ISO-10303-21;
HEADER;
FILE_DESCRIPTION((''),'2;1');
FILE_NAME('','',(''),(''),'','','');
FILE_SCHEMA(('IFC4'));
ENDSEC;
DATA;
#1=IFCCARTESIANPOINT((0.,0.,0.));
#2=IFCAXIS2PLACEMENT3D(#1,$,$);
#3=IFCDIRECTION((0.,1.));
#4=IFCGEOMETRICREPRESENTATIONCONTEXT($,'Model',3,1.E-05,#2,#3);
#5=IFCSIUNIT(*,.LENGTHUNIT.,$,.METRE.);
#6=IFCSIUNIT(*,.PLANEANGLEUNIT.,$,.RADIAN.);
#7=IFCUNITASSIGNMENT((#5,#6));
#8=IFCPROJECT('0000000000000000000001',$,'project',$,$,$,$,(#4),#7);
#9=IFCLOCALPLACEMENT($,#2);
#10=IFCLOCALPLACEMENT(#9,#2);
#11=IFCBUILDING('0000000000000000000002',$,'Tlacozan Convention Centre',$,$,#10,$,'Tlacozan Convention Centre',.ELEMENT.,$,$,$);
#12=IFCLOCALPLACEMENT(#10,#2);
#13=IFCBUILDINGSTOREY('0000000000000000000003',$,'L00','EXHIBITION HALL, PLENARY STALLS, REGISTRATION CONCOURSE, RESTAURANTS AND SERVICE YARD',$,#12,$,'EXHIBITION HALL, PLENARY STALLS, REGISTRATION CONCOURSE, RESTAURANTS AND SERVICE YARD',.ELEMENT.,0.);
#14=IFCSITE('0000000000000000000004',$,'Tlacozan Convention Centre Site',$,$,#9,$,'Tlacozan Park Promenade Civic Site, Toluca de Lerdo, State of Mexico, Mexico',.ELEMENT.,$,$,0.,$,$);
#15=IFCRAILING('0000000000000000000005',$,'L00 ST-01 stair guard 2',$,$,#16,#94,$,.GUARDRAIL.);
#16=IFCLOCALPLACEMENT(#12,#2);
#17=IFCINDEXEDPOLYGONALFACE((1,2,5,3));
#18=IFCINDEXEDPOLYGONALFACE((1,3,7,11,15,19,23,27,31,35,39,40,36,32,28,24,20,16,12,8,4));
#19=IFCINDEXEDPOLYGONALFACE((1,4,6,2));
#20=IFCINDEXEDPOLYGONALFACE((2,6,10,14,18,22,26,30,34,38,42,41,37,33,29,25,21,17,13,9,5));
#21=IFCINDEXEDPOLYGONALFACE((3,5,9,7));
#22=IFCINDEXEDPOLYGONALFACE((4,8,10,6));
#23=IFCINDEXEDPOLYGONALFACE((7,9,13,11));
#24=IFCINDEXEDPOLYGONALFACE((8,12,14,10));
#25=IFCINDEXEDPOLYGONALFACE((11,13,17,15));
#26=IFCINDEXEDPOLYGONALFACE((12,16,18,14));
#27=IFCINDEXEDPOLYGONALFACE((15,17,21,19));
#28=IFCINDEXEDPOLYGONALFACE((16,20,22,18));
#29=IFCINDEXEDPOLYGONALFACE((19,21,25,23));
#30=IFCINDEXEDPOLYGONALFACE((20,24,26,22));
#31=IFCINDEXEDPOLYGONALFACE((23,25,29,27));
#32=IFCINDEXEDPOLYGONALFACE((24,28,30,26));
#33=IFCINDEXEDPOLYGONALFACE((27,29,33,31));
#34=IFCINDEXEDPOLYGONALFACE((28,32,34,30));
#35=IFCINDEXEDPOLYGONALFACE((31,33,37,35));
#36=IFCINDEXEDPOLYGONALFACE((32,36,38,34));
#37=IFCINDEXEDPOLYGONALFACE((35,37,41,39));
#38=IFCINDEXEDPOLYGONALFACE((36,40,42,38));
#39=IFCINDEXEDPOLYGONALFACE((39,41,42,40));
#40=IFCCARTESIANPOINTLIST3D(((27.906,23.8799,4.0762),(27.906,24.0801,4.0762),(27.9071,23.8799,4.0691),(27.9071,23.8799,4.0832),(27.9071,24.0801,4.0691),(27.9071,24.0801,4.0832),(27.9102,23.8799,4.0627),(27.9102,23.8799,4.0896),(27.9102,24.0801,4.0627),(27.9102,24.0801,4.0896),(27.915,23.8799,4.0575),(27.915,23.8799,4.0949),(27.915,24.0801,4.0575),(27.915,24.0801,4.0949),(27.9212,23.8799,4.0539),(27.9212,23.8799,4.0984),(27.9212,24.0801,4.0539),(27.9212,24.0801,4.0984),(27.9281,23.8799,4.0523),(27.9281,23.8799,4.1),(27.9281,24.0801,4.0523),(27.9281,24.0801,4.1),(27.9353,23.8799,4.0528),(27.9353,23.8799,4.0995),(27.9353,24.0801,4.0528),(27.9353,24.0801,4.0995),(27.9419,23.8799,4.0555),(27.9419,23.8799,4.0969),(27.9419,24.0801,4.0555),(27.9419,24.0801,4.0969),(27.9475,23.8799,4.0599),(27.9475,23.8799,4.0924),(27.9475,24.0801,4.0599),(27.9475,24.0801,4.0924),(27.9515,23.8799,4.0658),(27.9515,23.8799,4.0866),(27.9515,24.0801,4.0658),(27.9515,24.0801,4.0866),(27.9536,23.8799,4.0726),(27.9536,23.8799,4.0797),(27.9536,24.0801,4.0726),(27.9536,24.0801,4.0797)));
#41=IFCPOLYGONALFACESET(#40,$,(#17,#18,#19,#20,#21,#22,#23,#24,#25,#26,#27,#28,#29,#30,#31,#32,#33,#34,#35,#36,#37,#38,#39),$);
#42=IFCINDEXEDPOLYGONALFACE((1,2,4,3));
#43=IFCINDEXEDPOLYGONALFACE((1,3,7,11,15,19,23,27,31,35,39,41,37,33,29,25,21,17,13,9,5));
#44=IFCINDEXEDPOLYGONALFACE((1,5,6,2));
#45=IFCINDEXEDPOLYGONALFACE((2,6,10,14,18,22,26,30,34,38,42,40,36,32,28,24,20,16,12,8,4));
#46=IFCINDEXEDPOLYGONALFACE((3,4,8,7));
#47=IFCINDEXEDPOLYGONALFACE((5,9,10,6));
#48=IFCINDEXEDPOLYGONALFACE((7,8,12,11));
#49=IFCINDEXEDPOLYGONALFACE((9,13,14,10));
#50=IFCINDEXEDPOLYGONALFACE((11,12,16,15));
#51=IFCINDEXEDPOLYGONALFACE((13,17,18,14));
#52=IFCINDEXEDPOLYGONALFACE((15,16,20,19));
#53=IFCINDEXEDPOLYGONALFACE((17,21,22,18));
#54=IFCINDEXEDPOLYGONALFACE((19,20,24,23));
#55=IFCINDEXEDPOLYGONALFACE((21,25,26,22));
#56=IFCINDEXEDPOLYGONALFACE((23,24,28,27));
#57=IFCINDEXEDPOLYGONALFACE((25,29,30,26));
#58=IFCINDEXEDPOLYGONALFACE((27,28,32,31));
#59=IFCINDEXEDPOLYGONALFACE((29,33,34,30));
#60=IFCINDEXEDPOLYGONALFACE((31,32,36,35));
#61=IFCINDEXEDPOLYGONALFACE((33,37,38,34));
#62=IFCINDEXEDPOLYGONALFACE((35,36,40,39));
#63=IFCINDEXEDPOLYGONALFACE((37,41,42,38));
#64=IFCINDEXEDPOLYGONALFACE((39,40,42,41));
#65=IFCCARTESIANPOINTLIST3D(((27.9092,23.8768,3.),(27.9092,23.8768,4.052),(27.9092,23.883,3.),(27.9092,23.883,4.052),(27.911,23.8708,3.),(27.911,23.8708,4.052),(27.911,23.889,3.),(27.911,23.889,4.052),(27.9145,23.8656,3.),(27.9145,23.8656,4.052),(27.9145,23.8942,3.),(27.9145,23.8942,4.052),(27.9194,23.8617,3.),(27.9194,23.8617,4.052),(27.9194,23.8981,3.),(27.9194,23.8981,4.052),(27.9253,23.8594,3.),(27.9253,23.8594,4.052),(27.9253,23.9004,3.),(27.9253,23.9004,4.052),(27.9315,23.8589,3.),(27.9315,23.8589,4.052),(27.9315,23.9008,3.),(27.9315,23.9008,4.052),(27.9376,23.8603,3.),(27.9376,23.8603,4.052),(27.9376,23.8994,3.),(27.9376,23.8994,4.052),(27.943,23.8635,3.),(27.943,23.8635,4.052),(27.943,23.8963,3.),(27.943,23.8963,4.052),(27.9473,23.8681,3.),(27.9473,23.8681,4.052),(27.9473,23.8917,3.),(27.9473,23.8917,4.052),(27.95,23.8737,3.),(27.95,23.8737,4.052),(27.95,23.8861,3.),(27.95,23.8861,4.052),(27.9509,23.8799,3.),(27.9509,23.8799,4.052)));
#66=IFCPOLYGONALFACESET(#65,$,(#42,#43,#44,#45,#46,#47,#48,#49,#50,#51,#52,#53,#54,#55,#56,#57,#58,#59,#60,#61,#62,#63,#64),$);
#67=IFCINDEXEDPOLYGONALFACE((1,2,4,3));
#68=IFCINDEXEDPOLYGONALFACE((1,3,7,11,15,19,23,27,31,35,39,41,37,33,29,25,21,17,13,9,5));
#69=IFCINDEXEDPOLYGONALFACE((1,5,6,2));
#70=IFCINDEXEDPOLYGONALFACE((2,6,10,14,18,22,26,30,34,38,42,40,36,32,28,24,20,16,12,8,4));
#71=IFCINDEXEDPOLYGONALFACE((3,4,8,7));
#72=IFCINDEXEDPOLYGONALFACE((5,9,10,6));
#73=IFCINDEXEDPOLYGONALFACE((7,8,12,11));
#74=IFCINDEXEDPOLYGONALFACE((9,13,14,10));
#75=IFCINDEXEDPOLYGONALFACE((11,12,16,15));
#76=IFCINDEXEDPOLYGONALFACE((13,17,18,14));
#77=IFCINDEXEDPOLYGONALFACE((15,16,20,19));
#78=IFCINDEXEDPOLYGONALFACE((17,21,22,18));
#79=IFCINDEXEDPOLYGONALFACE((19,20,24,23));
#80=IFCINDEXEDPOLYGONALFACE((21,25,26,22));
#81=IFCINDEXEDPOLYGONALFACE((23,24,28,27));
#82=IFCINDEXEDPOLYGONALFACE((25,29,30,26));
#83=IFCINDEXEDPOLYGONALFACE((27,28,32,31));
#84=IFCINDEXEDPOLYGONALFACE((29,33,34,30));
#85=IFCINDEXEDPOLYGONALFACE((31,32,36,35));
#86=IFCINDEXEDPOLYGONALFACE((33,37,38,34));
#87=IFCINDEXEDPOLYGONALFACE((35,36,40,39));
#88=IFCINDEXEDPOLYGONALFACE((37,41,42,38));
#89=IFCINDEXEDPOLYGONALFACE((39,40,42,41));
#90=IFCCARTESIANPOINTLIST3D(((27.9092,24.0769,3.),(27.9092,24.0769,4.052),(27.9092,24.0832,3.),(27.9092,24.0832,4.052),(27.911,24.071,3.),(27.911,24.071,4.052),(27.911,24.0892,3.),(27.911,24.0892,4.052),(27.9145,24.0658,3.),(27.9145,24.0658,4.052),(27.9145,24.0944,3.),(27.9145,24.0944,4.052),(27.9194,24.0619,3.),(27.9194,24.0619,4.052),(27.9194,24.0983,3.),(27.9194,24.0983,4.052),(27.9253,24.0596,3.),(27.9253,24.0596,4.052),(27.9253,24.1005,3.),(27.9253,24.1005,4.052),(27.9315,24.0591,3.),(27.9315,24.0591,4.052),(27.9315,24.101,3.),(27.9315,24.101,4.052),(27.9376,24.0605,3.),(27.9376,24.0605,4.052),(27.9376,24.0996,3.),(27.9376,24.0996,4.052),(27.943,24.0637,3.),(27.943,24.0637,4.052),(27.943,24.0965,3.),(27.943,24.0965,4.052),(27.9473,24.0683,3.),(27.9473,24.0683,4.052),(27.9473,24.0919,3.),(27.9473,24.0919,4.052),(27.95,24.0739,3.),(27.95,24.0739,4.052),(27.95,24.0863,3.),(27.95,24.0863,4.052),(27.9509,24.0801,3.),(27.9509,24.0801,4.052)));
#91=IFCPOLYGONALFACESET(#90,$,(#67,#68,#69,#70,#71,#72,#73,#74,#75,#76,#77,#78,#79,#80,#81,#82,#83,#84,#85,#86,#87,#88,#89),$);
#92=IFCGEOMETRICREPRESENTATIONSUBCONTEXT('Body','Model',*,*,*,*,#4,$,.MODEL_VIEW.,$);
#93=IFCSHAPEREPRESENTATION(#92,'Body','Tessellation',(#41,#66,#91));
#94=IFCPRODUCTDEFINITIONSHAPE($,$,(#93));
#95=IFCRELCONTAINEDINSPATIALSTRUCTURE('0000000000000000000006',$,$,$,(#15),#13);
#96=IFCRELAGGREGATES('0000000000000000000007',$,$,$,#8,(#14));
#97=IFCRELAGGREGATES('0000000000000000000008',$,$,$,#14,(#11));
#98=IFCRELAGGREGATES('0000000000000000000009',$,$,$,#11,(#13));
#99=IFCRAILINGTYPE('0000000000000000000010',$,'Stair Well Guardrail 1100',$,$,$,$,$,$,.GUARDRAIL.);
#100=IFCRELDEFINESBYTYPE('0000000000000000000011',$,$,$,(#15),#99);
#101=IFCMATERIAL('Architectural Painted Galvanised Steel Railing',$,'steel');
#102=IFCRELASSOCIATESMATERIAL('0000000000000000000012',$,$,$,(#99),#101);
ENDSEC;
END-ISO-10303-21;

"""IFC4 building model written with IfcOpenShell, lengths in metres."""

from ifc_helpers import new_model, si_unit, direction, frame, origin, origin_2d, place, context, subcontext, project, spatial, circle, extrude, material, type_object, element, save


model = new_model("IFC4")

# Units and contexts
model_context = context("Model", 3, precision=1e-05, world=origin(), true_north=direction((0.0, 1.0)))
body_context = subcontext(model_context, "Body", "Model", "MODEL_VIEW")
ifc_project = project(units=[si_unit("LENGTHUNIT", "METRE"), si_unit("PLANEANGLEUNIT", "RADIAN")], contexts=[model_context])

# Site, building, storey
site_placement = place(None, origin())
site = spatial("IfcSite", under=ifc_project, at=site_placement, Name="Tlacozan Convention Centre Site", LongName="Tlacozan Park Promenade Civic Site, Toluca de Lerdo, State of Mexico, Mexico", CompositionType="ELEMENT", RefElevation=0.0)
building_placement = place(site_placement, origin())
building = spatial("IfcBuilding", under=site, at=building_placement, Name="Tlacozan Convention Centre", LongName="Tlacozan Convention Centre", CompositionType="ELEMENT")
storey_placement = place(building_placement, origin())
storey = spatial("IfcBuildingStorey", under=building, at=storey_placement, Name="L00", Description="EXHIBITION HALL, PLENARY STALLS, REGISTRATION CONCOURSE, RESTAURANTS AND SERVICE YARD", LongName="EXHIBITION HALL, PLENARY STALLS, REGISTRATION CONCOURSE, RESTAURANTS AND SERVICE YARD", CompositionType="ELEMENT", Elevation=0.0)

# Railing
ifc_material_1 = material(Name="Architectural Painted Galvanised Steel Railing", Category="steel")
railing_type_1 = type_object("IfcRailingType", Name="Stair Well Guardrail 1100", PredefinedType="GUARDRAIL", material=ifc_material_1)
railing_1_placement = place(storey_placement, frame((27.9299, 23.8799, 3.0)))
element("IfcRailing", 1, at=railing_1_placement, inside=storey, type_object=railing_type_1, Name="L00 ST-01 stair guard 2", PredefinedType="GUARDRAIL", context=body_context, shape_type="SweptSolid", body=[
    extrude(circle(Radius=0.0239, at=origin_2d()), frame((0.0, 0.0, 1.0762), z_axis=(0.0, 1.0, 0.0), x_axis=(-1.0, 0.0, 0.0)), (0.0, 0.0, 1.0), 0.2002),
    extrude(circle(Radius=0.021, at=origin_2d()), origin(), (0.0, 0.0, 1.0), 1.052),
    extrude(circle(Radius=0.021, at=origin_2d()), frame((0.0, 0.2002, 0.0)), (0.0, 0.0, 1.0), 1.052),
])

save(model, "model.ifc")
